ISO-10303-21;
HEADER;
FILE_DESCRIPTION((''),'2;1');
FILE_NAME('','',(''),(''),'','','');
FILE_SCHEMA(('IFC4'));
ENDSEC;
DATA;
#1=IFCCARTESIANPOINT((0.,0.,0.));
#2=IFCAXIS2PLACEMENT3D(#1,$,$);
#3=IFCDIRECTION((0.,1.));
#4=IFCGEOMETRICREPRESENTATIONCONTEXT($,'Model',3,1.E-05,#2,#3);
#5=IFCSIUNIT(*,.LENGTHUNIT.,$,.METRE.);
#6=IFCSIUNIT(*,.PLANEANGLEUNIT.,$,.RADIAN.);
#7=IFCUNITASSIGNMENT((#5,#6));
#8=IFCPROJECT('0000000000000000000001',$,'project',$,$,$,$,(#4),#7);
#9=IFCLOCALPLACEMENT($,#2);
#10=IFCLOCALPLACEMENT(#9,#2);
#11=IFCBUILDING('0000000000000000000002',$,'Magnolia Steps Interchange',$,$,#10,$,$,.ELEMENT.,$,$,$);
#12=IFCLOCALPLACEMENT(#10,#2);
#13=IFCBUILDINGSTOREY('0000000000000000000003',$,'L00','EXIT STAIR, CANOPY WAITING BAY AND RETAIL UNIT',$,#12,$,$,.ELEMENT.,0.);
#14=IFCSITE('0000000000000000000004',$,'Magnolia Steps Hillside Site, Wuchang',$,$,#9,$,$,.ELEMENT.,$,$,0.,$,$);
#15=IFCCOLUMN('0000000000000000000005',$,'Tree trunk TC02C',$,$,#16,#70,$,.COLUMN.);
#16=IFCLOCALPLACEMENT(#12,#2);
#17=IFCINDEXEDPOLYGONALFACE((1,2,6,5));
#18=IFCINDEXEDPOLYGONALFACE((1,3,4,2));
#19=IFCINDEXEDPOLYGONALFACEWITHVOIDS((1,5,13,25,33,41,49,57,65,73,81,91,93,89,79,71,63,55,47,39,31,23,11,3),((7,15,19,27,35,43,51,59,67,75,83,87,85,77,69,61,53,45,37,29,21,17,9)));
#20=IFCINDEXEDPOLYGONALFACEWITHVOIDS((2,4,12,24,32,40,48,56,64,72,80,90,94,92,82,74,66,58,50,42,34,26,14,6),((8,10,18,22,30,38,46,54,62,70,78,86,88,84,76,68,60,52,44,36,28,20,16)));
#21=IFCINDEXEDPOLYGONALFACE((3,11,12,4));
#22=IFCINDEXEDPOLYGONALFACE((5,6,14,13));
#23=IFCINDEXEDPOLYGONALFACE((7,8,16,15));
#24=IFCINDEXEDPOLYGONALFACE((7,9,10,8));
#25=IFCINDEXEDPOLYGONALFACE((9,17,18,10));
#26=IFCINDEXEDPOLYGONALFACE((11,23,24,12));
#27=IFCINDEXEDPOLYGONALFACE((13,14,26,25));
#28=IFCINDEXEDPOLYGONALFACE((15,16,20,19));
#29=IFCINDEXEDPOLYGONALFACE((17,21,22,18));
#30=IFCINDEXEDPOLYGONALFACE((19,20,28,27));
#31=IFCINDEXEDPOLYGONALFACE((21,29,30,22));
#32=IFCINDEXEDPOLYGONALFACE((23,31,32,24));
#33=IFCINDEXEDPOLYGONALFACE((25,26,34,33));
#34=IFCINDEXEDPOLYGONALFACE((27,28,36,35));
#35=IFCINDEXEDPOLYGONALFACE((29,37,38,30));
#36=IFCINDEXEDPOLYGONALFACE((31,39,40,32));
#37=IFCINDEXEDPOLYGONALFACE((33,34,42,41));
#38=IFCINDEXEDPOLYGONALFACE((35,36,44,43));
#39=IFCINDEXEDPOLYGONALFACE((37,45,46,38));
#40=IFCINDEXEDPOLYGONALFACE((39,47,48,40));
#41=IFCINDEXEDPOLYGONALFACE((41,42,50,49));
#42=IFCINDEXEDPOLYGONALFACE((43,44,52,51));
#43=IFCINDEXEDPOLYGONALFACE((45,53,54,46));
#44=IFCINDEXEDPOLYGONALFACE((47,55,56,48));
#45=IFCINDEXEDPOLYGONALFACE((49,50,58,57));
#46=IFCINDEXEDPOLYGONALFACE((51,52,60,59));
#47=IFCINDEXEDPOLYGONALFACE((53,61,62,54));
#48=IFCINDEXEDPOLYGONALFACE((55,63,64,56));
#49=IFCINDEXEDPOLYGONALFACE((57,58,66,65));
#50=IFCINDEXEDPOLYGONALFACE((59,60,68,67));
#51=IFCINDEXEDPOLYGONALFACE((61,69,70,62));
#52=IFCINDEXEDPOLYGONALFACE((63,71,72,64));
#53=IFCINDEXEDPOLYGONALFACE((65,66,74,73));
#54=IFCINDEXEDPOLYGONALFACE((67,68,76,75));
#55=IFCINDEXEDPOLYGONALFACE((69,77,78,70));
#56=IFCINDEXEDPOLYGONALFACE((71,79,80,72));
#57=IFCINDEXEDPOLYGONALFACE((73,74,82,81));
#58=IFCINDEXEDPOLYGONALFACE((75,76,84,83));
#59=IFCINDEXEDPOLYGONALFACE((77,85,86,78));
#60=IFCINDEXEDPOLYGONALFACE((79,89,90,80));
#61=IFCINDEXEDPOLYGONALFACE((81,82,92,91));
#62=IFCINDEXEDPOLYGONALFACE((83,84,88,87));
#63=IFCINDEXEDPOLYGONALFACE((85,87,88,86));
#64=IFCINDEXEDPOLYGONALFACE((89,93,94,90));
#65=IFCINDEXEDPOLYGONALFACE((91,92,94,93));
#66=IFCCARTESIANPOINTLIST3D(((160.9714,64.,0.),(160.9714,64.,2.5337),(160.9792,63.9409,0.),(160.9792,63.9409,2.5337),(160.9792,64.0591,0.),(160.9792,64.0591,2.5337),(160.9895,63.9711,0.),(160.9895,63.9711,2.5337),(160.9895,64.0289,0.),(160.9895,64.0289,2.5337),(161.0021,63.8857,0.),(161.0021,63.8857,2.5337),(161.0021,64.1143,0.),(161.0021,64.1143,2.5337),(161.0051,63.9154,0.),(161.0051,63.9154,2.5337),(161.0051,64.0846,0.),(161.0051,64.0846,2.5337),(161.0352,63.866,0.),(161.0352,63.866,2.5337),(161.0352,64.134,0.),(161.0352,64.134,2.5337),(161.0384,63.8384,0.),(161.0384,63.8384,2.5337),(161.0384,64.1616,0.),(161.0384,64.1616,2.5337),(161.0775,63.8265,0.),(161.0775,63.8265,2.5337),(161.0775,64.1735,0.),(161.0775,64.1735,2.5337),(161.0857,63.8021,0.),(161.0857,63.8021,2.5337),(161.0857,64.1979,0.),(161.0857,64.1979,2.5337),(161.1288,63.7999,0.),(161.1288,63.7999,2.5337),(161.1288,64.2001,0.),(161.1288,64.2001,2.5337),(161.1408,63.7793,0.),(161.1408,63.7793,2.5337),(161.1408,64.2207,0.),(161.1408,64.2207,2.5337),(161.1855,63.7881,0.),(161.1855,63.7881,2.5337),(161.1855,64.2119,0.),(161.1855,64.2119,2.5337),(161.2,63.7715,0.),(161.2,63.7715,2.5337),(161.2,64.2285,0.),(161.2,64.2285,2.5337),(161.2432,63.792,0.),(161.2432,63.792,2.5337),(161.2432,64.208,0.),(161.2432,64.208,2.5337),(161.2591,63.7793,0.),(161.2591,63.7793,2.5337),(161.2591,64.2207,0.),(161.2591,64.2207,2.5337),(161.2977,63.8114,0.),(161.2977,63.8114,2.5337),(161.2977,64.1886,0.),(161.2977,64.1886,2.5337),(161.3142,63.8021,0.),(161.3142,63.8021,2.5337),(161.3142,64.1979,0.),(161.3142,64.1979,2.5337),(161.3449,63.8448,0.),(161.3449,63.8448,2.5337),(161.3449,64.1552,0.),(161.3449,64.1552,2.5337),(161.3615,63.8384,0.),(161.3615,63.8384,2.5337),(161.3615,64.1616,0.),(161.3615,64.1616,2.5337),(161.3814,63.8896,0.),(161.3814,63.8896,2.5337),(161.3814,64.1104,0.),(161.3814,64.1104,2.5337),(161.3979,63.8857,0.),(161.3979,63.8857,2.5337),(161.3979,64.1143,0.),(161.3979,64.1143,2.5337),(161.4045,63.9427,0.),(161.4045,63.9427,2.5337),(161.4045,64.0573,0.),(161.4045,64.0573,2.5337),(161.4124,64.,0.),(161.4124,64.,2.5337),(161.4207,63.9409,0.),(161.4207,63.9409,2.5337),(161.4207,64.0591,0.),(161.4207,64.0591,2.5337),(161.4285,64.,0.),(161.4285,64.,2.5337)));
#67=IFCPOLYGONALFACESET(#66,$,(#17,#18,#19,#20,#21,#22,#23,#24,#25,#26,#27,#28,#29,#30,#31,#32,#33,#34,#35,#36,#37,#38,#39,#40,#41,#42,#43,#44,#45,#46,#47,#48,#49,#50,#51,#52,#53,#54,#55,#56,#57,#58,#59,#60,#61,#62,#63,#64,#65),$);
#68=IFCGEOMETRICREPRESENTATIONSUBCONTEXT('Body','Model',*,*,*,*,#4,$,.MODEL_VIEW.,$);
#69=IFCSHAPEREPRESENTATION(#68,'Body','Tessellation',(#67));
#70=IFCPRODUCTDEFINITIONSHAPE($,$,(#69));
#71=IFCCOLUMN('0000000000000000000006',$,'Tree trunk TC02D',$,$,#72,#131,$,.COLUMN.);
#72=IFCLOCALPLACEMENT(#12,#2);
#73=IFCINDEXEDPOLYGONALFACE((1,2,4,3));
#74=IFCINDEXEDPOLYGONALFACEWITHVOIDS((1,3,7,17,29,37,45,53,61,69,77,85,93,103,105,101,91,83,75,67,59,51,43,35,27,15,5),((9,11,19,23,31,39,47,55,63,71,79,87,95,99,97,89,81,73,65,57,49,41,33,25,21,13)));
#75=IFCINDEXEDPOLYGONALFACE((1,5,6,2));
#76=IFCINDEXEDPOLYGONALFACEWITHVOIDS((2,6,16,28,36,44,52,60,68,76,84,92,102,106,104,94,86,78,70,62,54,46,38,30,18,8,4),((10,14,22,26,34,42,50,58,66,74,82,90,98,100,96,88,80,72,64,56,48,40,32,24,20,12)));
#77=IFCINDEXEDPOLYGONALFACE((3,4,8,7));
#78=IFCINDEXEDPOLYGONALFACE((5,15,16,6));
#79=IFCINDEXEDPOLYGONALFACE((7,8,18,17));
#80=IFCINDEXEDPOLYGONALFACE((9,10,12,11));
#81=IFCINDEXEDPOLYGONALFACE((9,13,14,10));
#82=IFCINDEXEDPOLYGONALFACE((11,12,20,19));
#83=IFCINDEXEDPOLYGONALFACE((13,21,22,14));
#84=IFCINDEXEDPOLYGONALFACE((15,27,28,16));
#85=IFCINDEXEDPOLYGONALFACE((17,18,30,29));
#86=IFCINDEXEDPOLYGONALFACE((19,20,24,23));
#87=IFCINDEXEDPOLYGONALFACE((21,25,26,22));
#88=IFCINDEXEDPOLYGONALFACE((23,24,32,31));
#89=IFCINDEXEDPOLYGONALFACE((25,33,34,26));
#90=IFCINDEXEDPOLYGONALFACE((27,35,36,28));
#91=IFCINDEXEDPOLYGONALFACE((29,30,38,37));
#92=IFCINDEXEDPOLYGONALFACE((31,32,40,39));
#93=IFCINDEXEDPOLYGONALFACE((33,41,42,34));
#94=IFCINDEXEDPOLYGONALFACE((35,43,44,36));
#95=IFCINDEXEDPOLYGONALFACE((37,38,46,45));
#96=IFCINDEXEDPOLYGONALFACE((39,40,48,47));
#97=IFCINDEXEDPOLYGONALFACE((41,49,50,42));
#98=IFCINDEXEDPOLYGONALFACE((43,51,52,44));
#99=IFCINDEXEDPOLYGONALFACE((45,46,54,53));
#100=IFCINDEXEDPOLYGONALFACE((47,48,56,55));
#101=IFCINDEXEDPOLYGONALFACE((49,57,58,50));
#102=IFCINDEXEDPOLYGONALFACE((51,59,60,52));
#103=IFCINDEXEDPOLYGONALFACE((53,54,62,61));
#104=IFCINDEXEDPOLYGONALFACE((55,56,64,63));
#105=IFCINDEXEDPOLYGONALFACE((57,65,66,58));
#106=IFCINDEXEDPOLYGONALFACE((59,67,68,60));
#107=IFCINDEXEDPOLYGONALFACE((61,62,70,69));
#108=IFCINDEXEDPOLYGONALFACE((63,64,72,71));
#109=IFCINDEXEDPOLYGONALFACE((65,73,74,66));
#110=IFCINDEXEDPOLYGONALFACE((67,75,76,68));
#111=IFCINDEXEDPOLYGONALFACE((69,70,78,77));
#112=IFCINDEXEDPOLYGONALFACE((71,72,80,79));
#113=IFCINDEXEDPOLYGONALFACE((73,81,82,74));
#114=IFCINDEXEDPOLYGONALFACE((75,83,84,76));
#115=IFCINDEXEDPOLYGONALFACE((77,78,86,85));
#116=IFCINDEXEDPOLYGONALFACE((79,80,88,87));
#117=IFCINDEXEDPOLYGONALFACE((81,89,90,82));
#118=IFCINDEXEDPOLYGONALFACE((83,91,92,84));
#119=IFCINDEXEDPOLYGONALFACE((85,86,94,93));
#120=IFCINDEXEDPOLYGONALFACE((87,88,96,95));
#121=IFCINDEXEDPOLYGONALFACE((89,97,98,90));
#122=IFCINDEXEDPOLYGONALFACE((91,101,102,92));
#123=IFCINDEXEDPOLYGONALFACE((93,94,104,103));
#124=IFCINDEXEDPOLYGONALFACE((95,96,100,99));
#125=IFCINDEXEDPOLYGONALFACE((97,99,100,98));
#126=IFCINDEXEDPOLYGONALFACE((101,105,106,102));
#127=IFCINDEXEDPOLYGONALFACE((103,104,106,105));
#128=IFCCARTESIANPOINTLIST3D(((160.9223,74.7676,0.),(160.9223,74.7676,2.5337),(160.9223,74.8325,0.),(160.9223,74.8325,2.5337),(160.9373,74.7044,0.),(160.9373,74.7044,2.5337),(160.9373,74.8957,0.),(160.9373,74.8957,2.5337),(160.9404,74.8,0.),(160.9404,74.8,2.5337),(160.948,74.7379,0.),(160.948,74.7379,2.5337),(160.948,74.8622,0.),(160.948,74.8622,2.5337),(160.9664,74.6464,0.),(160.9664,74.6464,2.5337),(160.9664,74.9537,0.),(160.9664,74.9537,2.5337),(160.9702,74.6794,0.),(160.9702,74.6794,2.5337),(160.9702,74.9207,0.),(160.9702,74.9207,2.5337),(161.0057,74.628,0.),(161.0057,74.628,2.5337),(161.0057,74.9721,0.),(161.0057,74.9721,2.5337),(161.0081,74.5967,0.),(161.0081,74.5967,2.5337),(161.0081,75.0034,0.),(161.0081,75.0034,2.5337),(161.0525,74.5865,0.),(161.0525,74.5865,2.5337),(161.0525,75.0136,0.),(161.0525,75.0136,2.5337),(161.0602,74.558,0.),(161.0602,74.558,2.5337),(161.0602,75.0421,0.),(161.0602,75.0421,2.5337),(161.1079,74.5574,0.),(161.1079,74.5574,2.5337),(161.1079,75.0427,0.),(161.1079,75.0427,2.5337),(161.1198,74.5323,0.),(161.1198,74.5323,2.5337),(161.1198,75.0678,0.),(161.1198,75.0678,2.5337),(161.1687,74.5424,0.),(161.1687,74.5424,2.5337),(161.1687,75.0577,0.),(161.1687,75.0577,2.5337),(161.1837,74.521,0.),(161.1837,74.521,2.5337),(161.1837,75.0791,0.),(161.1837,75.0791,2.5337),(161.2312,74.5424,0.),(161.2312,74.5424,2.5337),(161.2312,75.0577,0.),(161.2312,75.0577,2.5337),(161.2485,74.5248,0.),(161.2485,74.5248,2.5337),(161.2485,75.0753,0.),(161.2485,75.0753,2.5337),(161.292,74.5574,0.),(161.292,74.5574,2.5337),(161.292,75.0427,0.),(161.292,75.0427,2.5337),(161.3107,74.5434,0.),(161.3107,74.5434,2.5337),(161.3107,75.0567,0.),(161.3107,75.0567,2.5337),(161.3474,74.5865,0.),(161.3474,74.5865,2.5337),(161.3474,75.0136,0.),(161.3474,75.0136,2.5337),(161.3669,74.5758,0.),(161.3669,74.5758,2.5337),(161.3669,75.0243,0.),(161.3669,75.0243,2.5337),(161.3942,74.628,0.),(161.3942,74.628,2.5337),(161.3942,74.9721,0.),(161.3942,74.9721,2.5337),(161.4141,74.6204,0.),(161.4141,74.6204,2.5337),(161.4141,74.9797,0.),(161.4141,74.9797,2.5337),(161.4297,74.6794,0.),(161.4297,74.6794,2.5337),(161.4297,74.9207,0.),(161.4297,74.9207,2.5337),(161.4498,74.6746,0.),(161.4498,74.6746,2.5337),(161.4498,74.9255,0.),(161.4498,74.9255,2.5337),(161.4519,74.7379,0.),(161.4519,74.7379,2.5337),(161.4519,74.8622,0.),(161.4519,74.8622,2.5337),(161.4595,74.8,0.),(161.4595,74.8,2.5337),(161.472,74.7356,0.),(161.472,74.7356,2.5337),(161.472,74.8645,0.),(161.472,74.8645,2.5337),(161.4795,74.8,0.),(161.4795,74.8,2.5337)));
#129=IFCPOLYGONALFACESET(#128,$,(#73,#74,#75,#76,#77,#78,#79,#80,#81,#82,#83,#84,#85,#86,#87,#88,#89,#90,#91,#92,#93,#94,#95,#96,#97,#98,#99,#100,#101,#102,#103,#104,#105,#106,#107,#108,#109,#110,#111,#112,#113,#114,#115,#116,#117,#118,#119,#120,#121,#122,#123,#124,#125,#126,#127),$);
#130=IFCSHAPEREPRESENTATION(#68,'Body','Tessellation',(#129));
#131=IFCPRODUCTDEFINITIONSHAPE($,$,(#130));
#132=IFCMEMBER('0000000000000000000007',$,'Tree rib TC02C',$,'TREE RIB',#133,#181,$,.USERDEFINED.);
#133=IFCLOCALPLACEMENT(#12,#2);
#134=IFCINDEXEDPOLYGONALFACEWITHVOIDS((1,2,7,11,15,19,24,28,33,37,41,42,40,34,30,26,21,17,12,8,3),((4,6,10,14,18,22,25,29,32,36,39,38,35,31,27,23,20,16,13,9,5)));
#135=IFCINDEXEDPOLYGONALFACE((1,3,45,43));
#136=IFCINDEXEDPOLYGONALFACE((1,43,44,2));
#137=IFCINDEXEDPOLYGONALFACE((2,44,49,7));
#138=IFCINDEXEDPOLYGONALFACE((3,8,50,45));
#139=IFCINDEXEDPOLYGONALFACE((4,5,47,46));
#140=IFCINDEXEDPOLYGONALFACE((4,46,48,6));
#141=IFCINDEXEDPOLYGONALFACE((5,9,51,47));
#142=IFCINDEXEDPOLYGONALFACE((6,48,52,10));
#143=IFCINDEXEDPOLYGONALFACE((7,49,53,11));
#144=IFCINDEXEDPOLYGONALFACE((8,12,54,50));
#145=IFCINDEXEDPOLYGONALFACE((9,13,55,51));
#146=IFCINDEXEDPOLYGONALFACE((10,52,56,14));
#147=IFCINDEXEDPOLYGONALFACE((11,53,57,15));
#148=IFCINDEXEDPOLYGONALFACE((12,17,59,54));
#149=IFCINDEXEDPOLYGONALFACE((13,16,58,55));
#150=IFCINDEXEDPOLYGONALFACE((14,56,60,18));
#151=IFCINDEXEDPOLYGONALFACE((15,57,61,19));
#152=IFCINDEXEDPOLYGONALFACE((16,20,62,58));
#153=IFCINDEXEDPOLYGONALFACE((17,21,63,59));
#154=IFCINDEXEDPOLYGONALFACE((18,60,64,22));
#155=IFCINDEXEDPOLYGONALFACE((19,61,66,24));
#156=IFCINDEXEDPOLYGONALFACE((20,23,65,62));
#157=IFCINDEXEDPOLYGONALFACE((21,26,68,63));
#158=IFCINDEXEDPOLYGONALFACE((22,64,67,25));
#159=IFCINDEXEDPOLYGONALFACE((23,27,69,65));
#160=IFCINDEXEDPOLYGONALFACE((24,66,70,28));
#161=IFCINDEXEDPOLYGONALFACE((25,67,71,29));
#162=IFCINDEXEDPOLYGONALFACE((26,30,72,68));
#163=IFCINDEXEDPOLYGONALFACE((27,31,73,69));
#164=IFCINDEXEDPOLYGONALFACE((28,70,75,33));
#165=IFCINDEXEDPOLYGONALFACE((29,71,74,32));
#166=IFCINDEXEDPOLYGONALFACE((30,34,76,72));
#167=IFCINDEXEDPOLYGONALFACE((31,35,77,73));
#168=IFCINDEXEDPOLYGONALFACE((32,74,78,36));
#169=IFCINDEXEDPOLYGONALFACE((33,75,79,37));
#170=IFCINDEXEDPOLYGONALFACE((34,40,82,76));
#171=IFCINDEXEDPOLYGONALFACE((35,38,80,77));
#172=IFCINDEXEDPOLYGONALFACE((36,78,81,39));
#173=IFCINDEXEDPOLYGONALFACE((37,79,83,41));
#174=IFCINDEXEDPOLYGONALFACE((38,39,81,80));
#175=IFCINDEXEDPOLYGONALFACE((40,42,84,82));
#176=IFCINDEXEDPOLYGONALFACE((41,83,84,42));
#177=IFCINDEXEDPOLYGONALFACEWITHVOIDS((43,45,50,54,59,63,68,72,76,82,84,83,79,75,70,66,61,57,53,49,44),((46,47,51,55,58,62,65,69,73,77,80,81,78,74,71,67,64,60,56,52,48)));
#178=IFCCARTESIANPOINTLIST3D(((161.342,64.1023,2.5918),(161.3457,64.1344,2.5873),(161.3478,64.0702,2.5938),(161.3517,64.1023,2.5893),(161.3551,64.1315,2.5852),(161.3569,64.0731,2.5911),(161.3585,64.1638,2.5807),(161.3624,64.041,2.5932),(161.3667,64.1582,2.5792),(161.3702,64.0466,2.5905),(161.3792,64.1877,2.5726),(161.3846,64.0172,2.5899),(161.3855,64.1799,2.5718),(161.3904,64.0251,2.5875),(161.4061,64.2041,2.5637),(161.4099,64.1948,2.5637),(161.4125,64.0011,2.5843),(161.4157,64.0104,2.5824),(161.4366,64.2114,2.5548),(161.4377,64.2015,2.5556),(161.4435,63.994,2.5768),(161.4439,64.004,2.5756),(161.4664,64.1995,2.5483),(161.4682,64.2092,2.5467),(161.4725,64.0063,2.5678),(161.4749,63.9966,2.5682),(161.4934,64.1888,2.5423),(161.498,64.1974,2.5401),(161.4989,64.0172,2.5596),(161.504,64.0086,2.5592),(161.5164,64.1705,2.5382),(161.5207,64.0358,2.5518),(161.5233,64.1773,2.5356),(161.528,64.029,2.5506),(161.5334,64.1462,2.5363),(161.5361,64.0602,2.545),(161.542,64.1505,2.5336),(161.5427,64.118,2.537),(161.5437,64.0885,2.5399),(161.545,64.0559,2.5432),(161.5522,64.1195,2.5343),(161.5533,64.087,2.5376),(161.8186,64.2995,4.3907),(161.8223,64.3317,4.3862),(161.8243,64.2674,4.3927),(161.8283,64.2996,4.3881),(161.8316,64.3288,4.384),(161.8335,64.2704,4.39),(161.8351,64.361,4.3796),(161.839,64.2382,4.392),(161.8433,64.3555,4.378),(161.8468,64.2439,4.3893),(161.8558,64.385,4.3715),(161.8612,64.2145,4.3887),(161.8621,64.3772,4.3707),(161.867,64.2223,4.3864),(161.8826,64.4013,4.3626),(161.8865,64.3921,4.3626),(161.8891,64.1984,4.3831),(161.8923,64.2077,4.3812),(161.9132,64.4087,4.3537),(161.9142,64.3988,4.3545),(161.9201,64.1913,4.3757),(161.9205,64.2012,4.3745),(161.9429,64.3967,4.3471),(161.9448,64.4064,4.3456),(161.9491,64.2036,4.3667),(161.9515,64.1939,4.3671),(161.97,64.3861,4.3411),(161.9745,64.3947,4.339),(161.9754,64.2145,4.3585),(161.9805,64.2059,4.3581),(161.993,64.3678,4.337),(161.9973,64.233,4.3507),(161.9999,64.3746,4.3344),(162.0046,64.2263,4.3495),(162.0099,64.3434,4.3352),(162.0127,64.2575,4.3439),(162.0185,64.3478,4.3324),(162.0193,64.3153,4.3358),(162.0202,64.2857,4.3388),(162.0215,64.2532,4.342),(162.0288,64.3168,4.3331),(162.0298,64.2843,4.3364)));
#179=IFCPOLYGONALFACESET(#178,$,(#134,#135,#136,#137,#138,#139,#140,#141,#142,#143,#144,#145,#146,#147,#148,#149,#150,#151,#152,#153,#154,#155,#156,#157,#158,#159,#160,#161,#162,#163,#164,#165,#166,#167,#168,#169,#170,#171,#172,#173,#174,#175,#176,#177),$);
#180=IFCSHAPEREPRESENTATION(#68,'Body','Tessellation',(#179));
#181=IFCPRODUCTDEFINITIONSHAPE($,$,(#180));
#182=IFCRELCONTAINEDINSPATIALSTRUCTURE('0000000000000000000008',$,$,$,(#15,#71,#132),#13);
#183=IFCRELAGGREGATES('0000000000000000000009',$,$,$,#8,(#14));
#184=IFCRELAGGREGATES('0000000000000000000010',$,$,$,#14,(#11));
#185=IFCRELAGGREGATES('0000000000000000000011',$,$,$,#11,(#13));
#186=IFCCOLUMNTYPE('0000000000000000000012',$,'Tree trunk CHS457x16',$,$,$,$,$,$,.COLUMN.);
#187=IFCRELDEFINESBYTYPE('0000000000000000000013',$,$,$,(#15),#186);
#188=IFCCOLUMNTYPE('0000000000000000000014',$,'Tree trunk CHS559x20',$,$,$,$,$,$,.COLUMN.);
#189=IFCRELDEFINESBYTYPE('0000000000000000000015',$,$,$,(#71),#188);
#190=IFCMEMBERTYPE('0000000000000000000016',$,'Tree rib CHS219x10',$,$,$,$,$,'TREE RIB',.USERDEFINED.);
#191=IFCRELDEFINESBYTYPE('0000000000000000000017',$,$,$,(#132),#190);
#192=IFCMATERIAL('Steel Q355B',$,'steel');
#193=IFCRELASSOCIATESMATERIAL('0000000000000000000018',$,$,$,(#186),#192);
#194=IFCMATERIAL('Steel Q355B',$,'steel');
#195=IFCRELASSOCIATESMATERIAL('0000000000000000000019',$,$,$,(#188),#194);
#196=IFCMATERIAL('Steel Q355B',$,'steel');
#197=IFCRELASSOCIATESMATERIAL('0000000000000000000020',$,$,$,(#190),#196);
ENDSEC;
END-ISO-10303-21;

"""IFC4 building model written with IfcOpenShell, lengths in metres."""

from ifc_helpers import new_model, si_unit, direction, frame, origin, origin_2d, place, context, subcontext, project, spatial, hollow_circle, extrude, material, material_profile, profile_set, type_object, element, save


model = new_model("IFC4")

# Units and contexts
model_context = context("Model", 3, precision=1e-05, world=origin(), true_north=direction((0.0, 1.0)))
body_context = subcontext(model_context, "Body", "Model", "MODEL_VIEW")
ifc_project = project(units=[si_unit("LENGTHUNIT", "METRE"), si_unit("PLANEANGLEUNIT", "RADIAN")], contexts=[model_context])

# Site, building, storey
site_placement = place(None, origin())
site = spatial("IfcSite", under=ifc_project, at=site_placement, Name="Magnolia Steps Hillside Site, Wuchang", CompositionType="ELEMENT", RefElevation=0.0)
building_placement = place(site_placement, origin())
building = spatial("IfcBuilding", under=site, at=building_placement, Name="Magnolia Steps Interchange", CompositionType="ELEMENT")
storey_placement = place(building_placement, origin())
storey = spatial("IfcBuildingStorey", under=building, at=storey_placement, Name="L00", Description="EXIT STAIR, CANOPY WAITING BAY AND RETAIL UNIT", CompositionType="ELEMENT", Elevation=0.0)

# Columns
ifc_material_1 = material(Name="Steel Q355B", Category="steel")
ifc_material_profile_1 = material_profile(ifc_material_1, hollow_circle(Radius=0.2285, WallThickness=0.0161, at=origin_2d()), Name="CHS457x16")
ifc_profile_set_1 = profile_set([ifc_material_profile_1], Name="Steel Q355B")
column_type_1 = type_object("IfcColumnType", Name="Tree trunk CHS457x16", PredefinedType="COLUMN", material=ifc_profile_set_1)
column_1_placement = place(storey_placement, frame((161.2, 64.0, 0.0), z_axis=(0.0, 0.0, 1.0), x_axis=(1.0, 0.0, 0.0)))
element("IfcColumn", 1, at=column_1_placement, inside=storey, type_object=column_type_1, Name="Tree trunk TC02C", PredefinedType="COLUMN", context=body_context, shape_type="SweptSolid", body=[
    extrude(hollow_circle(Radius=0.2285, WallThickness=0.0161, at=origin_2d()), origin(), (0.0, 0.0, 1.0), 2.5337),
])
ifc_material_2 = material(Name="Steel Q355B", Category="steel")
ifc_material_profile_2 = material_profile(ifc_material_2, hollow_circle(Radius=0.2795, WallThickness=0.02, at=origin_2d()), Name="CHS559x20")
ifc_profile_set_2 = profile_set([ifc_material_profile_2], Name="Steel Q355B")
column_type_2 = type_object("IfcColumnType", Name="Tree trunk CHS559x20", PredefinedType="COLUMN", material=ifc_profile_set_2)
column_2_placement = place(storey_placement, frame((161.2, 74.8, 0.0), z_axis=(0.0, 0.0, 1.0), x_axis=(1.0, 0.0, 0.0)))
element("IfcColumn", 2, at=column_2_placement, inside=storey, type_object=column_type_2, Name="Tree trunk TC02D", PredefinedType="COLUMN", context=body_context, shape_type="SweptSolid", body=[
    extrude(hollow_circle(Radius=0.2795, WallThickness=0.02, at=origin_2d()), origin(), (0.0, 0.0, 1.0), 2.5337),
])

# Member
ifc_material_3 = material(Name="Steel Q355B", Category="steel")
ifc_material_profile_3 = material_profile(ifc_material_3, hollow_circle(Radius=0.1096, WallThickness=0.01, at=origin_2d()), Name="CHS219x10")
ifc_profile_set_3 = profile_set([ifc_material_profile_3], Name="Steel Q355B")
member_type = type_object("IfcMemberType", Name="Tree rib CHS219x10", ElementType="TREE RIB", PredefinedType="USERDEFINED", material=ifc_profile_set_3)
for number, where, z_axis, x_axis, name in (
    (3, (161.448, 64.1028, 2.5637), (0.254668, 0.105416, 0.961266), (-0.382463, 0.923971, 0.0), "Tree rib TC02C"),
):
    element("IfcMember", number, at=place(storey_placement, frame(where, z_axis=z_axis, x_axis=x_axis)), inside=storey, type_object=member_type, Name=name, ObjectType="TREE RIB", PredefinedType="USERDEFINED", context=body_context, shape_type="SweptSolid", body=[
        extrude(hollow_circle(Radius=0.1096, WallThickness=0.01, at=origin_2d()), origin(), (0.0, 0.0, 1.0), 1.8713),
    ])

save(model, "model.ifc")
